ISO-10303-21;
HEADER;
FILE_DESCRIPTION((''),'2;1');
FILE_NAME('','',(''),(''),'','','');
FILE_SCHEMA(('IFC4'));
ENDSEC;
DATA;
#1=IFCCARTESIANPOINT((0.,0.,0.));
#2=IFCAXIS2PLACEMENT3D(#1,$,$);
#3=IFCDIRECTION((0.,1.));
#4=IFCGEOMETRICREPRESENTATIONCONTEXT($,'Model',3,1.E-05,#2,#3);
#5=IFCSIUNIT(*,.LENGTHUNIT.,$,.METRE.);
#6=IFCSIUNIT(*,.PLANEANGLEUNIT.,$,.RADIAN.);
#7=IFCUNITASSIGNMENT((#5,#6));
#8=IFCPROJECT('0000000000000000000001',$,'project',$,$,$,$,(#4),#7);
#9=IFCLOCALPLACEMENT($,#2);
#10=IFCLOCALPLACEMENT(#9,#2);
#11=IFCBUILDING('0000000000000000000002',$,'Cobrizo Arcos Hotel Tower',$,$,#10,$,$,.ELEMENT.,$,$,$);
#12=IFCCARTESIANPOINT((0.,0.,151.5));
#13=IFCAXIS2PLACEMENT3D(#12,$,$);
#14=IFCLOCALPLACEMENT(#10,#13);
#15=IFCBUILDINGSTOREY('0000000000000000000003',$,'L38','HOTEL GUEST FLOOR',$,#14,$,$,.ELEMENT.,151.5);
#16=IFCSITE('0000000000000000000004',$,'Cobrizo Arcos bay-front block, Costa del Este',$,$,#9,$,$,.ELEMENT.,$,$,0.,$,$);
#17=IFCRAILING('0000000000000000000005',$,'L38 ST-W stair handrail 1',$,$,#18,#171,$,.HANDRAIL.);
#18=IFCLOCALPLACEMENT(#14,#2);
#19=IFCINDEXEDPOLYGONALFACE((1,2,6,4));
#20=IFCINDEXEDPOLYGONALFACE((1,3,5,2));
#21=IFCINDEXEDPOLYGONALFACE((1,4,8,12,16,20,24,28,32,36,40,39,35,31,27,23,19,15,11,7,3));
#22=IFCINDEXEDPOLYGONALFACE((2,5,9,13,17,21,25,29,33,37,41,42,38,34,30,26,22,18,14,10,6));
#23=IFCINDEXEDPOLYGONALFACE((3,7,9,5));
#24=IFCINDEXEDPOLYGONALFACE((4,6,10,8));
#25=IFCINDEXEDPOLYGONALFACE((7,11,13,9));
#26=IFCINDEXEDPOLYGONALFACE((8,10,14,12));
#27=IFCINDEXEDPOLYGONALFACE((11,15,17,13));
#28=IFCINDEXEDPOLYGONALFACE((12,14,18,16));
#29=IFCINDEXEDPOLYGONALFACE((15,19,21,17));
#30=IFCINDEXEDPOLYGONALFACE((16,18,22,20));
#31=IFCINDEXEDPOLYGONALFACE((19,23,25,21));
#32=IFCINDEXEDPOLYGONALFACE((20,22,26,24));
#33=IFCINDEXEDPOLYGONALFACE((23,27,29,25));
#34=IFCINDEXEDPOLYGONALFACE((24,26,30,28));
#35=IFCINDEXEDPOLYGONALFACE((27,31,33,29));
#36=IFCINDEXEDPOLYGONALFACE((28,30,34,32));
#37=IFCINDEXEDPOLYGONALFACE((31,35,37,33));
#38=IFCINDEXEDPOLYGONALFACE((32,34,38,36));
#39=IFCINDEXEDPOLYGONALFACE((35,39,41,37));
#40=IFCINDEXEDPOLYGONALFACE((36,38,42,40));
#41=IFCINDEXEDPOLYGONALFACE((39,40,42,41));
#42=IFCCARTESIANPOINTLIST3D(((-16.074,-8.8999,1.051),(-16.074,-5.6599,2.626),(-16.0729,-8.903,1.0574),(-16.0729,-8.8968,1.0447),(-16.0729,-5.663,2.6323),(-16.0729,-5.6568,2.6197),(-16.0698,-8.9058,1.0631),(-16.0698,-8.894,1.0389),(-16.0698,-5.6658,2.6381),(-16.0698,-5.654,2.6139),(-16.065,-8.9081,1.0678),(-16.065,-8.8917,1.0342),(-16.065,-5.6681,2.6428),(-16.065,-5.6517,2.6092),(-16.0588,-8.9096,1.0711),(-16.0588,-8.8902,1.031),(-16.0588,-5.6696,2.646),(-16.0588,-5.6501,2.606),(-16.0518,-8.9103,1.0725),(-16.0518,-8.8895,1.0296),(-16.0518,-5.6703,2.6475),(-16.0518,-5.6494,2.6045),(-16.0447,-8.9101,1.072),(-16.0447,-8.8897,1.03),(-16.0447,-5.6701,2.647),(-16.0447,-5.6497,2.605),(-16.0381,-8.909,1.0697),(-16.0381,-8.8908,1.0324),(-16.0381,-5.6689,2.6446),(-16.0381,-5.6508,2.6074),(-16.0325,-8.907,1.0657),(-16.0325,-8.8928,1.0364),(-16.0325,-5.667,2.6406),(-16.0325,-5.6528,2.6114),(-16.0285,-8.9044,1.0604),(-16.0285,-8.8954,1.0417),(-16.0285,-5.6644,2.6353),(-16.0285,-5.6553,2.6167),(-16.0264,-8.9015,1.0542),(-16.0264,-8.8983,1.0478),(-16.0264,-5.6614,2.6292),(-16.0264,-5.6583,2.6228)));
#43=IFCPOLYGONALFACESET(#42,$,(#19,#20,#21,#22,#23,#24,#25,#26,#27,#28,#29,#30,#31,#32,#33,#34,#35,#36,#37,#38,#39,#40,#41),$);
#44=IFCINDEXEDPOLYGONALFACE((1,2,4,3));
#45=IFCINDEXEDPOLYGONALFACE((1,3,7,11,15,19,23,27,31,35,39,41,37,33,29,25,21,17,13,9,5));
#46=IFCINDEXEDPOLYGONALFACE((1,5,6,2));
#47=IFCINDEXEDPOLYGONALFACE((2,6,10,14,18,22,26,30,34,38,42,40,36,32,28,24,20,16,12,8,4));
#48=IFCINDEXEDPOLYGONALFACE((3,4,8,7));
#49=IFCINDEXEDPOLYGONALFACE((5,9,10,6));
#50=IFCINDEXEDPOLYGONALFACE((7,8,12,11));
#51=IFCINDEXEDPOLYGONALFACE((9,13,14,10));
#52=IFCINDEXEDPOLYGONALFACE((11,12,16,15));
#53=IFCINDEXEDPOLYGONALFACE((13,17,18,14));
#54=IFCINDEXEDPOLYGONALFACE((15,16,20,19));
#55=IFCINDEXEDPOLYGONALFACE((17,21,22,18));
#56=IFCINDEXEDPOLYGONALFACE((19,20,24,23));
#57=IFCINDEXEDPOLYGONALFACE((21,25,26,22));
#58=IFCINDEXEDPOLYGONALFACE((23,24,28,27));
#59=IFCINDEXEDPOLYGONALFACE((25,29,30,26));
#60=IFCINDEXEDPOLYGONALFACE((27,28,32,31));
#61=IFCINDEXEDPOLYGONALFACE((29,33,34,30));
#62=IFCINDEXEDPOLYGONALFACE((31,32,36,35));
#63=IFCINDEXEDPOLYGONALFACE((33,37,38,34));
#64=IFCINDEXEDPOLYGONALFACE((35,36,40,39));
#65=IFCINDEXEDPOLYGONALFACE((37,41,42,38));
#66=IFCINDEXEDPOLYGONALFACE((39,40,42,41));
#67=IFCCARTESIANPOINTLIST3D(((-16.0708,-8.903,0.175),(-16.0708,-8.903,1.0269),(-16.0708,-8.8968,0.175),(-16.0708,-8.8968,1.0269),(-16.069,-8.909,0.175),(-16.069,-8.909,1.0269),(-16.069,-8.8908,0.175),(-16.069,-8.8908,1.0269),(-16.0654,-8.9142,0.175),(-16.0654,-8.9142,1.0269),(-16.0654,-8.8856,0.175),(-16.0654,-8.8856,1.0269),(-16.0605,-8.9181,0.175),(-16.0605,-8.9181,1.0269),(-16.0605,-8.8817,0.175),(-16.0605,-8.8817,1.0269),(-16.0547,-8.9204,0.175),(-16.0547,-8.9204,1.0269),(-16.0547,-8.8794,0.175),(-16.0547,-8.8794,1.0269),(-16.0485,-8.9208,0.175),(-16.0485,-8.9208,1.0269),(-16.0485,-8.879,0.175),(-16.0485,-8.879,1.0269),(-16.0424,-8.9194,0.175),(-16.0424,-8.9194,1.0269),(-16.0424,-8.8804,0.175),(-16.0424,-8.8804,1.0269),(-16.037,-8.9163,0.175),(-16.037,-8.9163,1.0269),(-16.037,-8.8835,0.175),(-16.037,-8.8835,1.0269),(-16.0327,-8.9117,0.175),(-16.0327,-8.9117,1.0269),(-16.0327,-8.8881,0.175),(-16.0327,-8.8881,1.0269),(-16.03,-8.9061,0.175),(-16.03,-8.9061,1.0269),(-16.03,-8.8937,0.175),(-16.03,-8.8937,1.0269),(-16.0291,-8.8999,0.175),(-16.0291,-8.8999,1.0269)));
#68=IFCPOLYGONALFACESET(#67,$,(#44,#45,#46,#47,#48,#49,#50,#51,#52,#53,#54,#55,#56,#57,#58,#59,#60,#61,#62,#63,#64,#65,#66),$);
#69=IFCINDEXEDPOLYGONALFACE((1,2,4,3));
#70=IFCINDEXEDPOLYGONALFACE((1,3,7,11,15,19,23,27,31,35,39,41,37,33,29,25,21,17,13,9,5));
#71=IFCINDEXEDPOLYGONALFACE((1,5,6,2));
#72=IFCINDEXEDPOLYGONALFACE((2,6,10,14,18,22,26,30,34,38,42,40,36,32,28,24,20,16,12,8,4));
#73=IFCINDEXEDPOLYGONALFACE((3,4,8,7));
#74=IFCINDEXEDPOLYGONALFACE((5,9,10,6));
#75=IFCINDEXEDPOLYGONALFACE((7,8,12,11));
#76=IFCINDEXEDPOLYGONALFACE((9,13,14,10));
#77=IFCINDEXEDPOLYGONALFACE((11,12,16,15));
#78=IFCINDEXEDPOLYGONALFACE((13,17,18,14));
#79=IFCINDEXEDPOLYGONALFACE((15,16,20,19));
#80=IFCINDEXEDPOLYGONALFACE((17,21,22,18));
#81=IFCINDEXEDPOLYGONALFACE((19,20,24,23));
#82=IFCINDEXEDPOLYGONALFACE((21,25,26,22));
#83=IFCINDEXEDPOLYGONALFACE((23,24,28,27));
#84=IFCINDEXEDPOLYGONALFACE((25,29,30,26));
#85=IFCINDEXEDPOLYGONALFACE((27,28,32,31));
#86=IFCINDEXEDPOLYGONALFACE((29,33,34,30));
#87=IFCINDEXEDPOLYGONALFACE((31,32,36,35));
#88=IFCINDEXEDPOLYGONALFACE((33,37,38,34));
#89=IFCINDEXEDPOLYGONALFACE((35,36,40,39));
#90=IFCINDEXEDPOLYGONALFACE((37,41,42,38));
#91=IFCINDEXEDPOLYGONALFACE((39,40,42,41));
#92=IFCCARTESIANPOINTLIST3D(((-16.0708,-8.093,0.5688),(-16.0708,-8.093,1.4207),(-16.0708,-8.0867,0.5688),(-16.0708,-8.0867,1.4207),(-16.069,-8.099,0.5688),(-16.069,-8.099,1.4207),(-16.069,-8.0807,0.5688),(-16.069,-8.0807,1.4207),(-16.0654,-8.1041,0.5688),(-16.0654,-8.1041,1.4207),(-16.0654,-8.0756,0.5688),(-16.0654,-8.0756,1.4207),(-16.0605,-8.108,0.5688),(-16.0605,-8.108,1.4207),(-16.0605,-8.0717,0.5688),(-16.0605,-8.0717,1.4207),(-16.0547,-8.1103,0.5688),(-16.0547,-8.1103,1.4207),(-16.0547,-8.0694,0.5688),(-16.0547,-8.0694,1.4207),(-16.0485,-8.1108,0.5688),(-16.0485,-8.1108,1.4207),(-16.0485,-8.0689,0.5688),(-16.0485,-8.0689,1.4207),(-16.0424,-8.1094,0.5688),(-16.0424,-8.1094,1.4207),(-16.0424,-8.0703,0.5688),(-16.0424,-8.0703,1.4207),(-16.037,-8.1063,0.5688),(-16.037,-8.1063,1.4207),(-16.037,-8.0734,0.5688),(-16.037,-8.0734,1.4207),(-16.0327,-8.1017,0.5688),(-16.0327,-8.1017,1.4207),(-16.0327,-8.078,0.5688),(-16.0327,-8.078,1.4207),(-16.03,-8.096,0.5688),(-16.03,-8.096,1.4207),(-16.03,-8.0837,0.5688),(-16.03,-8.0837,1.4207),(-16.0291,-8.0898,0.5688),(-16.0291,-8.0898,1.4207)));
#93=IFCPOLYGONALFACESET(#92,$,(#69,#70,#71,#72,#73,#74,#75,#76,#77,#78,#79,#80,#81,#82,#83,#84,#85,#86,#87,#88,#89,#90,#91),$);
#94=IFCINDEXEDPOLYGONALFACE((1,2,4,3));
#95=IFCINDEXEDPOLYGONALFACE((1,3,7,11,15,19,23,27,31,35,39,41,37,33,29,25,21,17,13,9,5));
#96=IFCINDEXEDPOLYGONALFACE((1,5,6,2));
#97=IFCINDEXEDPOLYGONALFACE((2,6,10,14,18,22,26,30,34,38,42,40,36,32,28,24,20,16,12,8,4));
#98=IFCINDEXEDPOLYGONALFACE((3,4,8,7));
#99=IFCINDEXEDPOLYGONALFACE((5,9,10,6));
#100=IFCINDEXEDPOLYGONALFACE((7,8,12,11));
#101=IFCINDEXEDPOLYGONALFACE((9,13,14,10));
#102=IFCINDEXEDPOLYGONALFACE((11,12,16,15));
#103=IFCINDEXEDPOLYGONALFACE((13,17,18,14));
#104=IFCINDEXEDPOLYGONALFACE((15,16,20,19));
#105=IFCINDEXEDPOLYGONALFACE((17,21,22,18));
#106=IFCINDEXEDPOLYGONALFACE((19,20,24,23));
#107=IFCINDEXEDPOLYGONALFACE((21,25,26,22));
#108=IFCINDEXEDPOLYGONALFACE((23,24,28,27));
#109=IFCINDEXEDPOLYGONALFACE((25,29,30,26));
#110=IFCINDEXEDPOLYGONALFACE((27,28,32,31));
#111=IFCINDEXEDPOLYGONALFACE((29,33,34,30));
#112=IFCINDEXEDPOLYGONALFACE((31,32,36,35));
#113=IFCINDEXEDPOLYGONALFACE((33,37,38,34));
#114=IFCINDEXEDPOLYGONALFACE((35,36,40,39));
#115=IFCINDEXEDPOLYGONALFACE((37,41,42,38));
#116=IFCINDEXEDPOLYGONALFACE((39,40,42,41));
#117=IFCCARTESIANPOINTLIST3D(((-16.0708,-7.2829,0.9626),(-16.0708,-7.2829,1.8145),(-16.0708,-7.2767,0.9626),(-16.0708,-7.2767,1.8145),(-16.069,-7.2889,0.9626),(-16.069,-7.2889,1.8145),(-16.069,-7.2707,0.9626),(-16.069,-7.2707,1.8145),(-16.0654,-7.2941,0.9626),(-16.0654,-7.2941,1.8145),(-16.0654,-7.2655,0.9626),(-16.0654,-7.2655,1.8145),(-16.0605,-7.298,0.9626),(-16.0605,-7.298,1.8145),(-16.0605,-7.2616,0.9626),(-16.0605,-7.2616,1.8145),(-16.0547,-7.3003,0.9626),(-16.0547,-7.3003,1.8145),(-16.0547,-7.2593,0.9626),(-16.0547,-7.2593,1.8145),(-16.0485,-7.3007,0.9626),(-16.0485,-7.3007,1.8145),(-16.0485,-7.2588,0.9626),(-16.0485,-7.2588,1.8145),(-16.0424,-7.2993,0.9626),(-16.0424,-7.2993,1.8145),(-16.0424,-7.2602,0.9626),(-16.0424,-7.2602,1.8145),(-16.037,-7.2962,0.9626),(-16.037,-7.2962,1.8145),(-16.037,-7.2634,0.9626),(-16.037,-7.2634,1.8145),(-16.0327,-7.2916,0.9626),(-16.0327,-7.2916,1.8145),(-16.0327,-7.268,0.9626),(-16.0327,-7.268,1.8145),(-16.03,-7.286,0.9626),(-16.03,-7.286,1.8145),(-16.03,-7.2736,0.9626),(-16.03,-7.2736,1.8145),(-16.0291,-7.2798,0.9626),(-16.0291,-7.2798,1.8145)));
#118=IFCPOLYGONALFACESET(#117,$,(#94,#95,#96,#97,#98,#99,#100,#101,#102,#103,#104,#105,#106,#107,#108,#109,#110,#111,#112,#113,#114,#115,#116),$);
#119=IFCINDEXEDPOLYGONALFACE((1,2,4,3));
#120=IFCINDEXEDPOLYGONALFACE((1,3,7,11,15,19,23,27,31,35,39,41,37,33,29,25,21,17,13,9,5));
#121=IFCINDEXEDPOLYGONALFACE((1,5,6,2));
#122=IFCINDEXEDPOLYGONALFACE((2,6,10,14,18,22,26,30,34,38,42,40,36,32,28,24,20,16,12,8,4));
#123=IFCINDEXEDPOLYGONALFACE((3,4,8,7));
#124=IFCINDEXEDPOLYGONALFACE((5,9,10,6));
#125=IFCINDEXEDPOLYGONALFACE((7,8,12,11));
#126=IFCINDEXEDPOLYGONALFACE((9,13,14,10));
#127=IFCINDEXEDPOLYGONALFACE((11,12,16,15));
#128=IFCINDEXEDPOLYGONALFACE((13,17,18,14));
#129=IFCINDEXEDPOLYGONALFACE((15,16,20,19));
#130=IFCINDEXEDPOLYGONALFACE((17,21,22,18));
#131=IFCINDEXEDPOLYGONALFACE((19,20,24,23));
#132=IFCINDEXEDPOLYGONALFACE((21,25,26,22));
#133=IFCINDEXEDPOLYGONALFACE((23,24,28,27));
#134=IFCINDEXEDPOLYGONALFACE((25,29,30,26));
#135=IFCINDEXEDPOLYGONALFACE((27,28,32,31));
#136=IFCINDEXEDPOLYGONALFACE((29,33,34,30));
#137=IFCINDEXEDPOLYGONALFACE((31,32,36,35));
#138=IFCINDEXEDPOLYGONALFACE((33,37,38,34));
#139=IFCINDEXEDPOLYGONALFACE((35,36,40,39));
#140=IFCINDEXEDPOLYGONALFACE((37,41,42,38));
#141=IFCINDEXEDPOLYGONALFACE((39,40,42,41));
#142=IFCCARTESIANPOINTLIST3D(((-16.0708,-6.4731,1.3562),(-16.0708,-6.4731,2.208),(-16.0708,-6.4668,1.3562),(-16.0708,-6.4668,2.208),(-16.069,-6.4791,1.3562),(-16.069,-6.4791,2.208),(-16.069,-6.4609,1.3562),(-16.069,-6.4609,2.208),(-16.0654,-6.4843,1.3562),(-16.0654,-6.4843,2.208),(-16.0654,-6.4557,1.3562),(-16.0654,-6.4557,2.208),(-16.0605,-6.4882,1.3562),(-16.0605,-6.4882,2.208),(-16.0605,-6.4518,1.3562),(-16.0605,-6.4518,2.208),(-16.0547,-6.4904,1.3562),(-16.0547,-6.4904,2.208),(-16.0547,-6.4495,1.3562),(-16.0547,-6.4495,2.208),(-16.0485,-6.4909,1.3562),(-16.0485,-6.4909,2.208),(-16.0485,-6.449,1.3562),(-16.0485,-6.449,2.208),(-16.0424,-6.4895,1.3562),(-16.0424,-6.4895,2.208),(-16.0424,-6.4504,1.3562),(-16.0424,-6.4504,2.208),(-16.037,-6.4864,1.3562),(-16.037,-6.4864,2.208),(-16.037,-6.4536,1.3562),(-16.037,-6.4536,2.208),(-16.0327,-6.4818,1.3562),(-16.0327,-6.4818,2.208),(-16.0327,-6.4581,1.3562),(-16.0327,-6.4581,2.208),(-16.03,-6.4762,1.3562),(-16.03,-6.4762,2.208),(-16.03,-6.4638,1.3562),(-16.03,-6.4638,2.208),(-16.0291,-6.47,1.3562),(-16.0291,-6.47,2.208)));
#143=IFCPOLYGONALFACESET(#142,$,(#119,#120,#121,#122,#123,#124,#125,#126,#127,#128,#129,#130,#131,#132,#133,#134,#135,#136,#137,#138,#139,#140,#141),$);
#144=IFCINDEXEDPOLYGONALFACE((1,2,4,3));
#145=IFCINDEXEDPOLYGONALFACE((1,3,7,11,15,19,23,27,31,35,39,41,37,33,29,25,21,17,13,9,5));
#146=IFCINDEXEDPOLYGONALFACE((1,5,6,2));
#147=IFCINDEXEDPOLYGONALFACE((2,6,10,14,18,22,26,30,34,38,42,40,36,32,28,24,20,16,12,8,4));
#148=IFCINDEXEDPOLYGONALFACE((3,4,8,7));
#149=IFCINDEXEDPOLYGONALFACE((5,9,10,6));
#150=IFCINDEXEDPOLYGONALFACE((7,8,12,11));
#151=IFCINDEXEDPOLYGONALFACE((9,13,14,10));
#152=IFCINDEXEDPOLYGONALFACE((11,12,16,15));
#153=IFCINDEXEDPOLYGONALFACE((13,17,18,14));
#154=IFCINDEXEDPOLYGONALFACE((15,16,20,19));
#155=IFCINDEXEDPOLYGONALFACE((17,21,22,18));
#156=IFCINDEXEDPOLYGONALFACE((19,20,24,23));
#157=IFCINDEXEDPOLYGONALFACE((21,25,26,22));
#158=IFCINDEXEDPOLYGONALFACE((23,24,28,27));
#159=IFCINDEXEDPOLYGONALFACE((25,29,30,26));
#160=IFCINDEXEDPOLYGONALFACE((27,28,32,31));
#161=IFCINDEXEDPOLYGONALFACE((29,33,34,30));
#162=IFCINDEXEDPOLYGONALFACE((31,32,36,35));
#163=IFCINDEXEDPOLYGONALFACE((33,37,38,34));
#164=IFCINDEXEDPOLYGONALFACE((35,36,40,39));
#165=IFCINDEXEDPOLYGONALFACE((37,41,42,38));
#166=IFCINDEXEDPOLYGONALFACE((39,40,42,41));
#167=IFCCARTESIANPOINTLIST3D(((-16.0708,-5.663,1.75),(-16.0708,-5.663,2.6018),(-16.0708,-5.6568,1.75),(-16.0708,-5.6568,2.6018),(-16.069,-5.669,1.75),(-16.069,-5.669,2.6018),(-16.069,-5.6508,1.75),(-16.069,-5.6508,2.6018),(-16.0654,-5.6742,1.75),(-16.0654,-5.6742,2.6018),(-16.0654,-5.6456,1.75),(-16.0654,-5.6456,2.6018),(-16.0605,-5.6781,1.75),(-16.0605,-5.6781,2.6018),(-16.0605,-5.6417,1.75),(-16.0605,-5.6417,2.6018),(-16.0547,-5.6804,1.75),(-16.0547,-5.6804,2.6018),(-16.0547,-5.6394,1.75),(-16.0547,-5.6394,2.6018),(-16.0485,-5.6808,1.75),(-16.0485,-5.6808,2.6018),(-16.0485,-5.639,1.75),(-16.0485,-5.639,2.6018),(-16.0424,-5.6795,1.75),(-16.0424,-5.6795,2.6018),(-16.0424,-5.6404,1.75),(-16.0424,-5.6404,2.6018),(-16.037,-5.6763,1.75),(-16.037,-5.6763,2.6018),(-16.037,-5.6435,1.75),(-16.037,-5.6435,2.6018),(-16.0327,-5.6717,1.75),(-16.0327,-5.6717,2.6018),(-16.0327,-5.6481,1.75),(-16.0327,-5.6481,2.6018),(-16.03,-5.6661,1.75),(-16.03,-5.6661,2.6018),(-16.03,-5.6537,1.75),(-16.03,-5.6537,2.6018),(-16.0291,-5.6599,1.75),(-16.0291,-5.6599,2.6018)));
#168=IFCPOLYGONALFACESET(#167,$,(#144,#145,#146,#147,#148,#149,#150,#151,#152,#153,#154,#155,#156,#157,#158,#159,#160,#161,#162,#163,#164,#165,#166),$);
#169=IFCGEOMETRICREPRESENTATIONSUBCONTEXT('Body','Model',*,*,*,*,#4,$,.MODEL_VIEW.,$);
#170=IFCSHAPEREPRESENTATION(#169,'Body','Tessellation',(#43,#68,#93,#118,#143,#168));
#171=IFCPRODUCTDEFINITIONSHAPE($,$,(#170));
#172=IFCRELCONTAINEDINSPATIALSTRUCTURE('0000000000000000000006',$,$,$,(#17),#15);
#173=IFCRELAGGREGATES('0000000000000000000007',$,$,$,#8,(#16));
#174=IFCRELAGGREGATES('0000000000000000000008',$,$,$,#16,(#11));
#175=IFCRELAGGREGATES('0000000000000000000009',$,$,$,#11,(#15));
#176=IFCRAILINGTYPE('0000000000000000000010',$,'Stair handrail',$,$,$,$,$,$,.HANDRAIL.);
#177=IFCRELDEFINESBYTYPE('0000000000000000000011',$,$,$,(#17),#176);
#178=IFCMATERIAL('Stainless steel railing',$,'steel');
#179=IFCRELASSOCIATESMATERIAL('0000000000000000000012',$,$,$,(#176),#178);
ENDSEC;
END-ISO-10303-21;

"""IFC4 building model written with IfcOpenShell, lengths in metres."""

from ifc_helpers import new_model, si_unit, direction, frame, origin, origin_2d, place, context, subcontext, project, spatial, circle, extrude, material, type_object, element, save


model = new_model("IFC4")

# Units and contexts
model_context = context("Model", 3, precision=1e-05, world=origin(), true_north=direction((0.0, 1.0)))
body_context = subcontext(model_context, "Body", "Model", "MODEL_VIEW")
ifc_project = project(units=[si_unit("LENGTHUNIT", "METRE"), si_unit("PLANEANGLEUNIT", "RADIAN")], contexts=[model_context])

# Site, building, storey
site_placement = place(None, origin())
site = spatial("IfcSite", under=ifc_project, at=site_placement, Name="Cobrizo Arcos bay-front block, Costa del Este", CompositionType="ELEMENT", RefElevation=0.0)
building_placement = place(site_placement, origin())
building = spatial("IfcBuilding", under=site, at=building_placement, Name="Cobrizo Arcos Hotel Tower", CompositionType="ELEMENT")
storey_placement = place(building_placement, frame((0.0, 0.0, 151.5)))
storey = spatial("IfcBuildingStorey", under=building, at=storey_placement, Name="L38", Description="HOTEL GUEST FLOOR", CompositionType="ELEMENT", Elevation=151.5)

# Railing
ifc_material_1 = material(Name="Stainless steel railing", Category="steel")
railing_type_1 = type_object("IfcRailingType", Name="Stair handrail", PredefinedType="HANDRAIL", material=ifc_material_1)
railing_1_placement = place(storey_placement, frame((-16.05, -8.8999, 0.175)))
element("IfcRailing", 1, at=railing_1_placement, inside=storey, type_object=railing_type_1, Name="L38 ST-W stair handrail 1", PredefinedType="HANDRAIL", context=body_context, shape_type="SweptSolid", body=[
    extrude(circle(Radius=0.0239, at=origin_2d()), frame((0.0, 0.0, 0.876), z_axis=(0.0, 0.899373, 0.437183), x_axis=(-1.0, 0.0, 0.0)), (0.0, 0.0, 1.0), 3.6025),
    extrude(circle(Radius=0.021, at=origin_2d()), origin(), (0.0, 0.0, 1.0), 0.8518),
    extrude(circle(Radius=0.021, at=origin_2d()), frame((0.0, 0.8101, 0.3938)), (0.0, 0.0, 1.0), 0.8518),
    extrude(circle(Radius=0.021, at=origin_2d()), frame((0.0, 1.6201, 0.7876)), (0.0, 0.0, 1.0), 0.8518),
    extrude(circle(Radius=0.021, at=origin_2d()), frame((0.0, 2.4299, 1.1812)), (0.0, 0.0, 1.0), 0.8518),
    extrude(circle(Radius=0.021, at=origin_2d()), frame((0.0, 3.24, 1.575)), (0.0, 0.0, 1.0), 0.8518),
])

save(model, "model.ifc")
